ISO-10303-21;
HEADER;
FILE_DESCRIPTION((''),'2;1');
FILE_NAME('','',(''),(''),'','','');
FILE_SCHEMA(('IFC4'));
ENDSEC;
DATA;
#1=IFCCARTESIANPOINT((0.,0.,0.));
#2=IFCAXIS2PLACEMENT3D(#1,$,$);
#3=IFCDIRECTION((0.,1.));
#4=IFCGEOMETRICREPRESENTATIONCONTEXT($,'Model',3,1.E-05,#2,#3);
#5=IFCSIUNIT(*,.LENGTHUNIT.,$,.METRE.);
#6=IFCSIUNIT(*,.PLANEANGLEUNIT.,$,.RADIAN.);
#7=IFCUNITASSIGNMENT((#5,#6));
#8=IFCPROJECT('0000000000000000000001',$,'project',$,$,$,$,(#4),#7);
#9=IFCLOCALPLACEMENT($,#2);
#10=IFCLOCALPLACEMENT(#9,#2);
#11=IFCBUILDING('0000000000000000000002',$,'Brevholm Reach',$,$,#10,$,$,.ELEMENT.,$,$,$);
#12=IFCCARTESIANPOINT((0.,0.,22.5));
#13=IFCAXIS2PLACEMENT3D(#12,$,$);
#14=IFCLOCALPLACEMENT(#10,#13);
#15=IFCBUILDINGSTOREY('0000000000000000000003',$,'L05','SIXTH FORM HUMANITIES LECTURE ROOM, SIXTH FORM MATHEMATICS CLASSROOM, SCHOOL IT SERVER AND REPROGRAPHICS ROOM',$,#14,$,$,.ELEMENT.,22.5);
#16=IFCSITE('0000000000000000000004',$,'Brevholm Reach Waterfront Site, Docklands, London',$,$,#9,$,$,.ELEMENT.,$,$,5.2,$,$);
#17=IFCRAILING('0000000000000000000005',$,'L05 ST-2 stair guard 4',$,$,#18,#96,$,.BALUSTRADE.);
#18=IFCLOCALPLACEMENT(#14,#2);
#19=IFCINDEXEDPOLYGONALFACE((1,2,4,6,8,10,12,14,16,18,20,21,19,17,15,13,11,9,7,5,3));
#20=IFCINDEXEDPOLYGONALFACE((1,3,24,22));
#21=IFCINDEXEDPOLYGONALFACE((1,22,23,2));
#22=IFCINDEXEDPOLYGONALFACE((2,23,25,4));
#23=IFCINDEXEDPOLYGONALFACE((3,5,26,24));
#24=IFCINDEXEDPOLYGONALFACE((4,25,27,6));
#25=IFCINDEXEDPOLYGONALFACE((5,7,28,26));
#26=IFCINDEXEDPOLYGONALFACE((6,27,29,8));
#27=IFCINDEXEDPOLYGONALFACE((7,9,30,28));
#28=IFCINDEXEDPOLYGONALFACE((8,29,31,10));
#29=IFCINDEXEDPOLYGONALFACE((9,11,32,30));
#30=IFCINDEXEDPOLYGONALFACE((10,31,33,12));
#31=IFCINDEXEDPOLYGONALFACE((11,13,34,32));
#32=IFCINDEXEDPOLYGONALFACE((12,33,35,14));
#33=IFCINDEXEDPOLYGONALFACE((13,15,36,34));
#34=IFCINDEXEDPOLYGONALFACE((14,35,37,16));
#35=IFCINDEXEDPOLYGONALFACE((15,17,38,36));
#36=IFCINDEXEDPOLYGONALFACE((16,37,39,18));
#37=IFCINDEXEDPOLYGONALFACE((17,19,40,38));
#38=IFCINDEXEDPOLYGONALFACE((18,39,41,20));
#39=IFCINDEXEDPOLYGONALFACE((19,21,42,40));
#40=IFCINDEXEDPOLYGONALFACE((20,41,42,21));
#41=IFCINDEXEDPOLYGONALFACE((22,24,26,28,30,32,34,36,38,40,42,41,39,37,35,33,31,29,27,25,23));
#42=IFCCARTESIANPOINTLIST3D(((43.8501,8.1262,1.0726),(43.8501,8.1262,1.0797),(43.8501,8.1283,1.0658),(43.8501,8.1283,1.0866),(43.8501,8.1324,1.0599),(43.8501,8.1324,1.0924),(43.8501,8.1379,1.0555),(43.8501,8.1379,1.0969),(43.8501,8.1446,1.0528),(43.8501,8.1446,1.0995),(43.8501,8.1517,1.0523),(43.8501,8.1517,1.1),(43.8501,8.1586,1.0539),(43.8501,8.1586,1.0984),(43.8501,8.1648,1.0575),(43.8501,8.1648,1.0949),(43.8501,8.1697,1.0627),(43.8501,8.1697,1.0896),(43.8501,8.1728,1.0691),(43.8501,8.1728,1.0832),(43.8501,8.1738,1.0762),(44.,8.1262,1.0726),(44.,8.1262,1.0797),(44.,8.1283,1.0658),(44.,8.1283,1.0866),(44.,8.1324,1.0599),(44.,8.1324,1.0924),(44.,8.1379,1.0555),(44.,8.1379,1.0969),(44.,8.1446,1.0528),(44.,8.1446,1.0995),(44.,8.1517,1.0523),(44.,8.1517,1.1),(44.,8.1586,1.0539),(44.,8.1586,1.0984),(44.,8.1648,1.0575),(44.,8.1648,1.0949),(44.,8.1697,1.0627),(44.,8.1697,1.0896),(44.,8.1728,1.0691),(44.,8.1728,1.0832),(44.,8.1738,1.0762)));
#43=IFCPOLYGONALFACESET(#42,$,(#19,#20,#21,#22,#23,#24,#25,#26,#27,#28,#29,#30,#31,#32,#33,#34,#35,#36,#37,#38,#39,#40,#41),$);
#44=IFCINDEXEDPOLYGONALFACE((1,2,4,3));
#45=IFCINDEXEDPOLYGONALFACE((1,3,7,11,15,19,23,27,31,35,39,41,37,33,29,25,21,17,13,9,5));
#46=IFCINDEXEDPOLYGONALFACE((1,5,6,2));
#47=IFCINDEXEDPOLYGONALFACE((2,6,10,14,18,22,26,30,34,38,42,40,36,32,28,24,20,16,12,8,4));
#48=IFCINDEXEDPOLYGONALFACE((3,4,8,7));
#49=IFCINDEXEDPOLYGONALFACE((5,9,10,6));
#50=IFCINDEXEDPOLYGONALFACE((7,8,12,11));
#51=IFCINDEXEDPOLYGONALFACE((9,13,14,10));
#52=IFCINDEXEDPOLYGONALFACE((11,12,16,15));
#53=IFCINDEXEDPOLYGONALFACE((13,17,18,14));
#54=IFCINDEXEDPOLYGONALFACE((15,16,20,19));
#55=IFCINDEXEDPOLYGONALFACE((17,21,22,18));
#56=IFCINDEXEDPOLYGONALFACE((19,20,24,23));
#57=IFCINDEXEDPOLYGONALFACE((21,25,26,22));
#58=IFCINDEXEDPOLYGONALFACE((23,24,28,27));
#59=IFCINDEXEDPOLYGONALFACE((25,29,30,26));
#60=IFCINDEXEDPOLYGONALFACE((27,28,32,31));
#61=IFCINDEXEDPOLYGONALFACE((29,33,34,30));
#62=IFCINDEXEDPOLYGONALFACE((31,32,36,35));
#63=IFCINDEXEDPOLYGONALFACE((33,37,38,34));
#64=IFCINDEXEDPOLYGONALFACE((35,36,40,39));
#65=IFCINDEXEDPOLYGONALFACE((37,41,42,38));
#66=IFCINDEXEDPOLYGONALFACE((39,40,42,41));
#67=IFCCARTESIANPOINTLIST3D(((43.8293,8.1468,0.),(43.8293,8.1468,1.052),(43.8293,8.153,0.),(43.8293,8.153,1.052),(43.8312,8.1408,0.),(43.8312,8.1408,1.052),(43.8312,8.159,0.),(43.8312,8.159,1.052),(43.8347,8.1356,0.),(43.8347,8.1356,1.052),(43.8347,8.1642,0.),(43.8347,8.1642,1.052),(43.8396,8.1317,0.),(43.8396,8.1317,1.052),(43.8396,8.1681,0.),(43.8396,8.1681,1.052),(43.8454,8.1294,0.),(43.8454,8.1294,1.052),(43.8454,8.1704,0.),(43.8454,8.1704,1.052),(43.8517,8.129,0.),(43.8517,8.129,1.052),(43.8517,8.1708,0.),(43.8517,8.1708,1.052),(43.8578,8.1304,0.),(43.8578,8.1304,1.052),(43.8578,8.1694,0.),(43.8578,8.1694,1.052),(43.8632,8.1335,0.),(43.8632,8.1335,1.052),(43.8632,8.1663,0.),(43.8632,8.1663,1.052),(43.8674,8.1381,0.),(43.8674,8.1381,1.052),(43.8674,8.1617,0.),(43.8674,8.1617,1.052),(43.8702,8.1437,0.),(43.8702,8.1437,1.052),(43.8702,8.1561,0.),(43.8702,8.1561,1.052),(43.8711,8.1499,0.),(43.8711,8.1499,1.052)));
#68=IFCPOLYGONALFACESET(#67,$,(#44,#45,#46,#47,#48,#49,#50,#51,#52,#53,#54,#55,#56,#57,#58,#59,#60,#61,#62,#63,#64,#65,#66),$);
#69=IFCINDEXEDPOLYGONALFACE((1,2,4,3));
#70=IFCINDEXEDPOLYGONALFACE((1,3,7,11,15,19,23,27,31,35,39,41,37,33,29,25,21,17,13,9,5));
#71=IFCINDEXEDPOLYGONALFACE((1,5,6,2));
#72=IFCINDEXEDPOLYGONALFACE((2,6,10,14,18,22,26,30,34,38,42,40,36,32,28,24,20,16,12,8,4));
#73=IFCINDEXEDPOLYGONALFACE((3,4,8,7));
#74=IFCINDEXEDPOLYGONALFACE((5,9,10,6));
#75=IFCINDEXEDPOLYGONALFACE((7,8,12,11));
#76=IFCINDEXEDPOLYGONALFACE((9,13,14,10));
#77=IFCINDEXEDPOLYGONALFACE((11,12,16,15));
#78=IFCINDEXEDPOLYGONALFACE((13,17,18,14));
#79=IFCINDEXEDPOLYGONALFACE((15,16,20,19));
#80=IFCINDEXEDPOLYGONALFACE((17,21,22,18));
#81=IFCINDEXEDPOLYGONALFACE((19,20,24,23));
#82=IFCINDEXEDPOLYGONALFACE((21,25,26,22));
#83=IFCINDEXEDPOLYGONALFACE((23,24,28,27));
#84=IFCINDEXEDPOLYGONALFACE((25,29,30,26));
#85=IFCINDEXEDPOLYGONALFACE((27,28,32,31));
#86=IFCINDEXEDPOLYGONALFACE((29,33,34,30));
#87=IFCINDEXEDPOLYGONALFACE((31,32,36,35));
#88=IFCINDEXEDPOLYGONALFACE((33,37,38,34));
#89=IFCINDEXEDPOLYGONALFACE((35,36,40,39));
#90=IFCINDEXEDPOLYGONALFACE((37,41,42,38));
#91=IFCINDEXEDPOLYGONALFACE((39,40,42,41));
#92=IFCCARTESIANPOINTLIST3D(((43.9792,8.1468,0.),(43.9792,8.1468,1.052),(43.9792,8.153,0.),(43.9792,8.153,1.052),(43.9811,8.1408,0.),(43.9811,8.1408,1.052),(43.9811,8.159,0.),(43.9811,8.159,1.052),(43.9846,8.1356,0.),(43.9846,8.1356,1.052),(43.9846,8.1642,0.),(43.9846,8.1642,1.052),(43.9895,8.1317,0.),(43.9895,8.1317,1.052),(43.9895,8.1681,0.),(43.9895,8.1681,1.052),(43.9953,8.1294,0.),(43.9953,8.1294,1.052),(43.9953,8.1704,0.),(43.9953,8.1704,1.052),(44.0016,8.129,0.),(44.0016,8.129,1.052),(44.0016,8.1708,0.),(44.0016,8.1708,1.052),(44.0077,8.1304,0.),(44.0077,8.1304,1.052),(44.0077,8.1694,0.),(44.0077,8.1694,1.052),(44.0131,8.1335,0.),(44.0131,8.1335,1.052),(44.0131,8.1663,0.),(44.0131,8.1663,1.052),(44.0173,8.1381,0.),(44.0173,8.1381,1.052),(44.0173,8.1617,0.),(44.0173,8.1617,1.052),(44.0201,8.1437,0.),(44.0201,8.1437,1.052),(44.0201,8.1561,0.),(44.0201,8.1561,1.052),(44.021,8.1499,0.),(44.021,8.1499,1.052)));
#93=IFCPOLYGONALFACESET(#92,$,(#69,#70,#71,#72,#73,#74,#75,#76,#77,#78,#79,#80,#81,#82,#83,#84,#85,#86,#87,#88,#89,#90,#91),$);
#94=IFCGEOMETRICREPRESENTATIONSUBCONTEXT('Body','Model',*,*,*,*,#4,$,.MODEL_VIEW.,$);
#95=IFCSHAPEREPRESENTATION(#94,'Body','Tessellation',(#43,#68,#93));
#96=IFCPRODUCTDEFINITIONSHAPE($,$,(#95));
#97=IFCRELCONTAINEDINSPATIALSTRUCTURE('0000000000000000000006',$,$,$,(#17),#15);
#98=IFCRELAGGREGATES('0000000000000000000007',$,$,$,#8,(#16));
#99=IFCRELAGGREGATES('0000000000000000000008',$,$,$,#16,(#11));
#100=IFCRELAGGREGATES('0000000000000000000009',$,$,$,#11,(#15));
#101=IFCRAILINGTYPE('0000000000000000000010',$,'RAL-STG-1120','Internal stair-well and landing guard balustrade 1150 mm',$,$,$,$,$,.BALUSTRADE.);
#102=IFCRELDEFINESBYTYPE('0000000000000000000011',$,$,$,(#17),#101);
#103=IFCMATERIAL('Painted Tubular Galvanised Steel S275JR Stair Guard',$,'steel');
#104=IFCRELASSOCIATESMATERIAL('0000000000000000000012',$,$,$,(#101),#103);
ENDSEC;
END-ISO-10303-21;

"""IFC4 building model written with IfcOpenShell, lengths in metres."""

from ifc_helpers import new_model, si_unit, direction, frame, origin, origin_2d, place, context, subcontext, project, spatial, circle, extrude, material, type_object, element, save


model = new_model("IFC4")

# Units and contexts
model_context = context("Model", 3, precision=1e-05, world=origin(), true_north=direction((0.0, 1.0)))
body_context = subcontext(model_context, "Body", "Model", "MODEL_VIEW")
ifc_project = project(units=[si_unit("LENGTHUNIT", "METRE"), si_unit("PLANEANGLEUNIT", "RADIAN")], contexts=[model_context])

# Site, building, storey
site_placement = place(None, origin())
site = spatial("IfcSite", under=ifc_project, at=site_placement, Name="Brevholm Reach Waterfront Site, Docklands, London", CompositionType="ELEMENT", RefElevation=5.2)
building_placement = place(site_placement, origin())
building = spatial("IfcBuilding", under=site, at=building_placement, Name="Brevholm Reach", CompositionType="ELEMENT")
storey_placement = place(building_placement, frame((0.0, 0.0, 22.5)))
storey = spatial("IfcBuildingStorey", under=building, at=storey_placement, Name="L05", Description="SIXTH FORM HUMANITIES LECTURE ROOM, SIXTH FORM MATHEMATICS CLASSROOM, SCHOOL IT SERVER AND REPROGRAPHICS ROOM", CompositionType="ELEMENT", Elevation=22.5)

# Railing
ifc_material_1 = material(Name="Painted Tubular Galvanised Steel S275JR Stair Guard", Category="steel")
railing_type_1 = type_object("IfcRailingType", Name="RAL-STG-1120", Description="Internal stair-well and landing guard balustrade 1150 mm", PredefinedType="BALUSTRADE", material=ifc_material_1)
railing_1_placement = place(storey_placement, frame((43.8501, 8.1499, 0.0)))
element("IfcRailing", 1, at=railing_1_placement, inside=storey, type_object=railing_type_1, Name="L05 ST-2 stair guard 4", PredefinedType="BALUSTRADE", context=body_context, shape_type="SweptSolid", body=[
    extrude(circle(Radius=0.0239, at=origin_2d()), frame((0.0, 0.0, 1.0762), z_axis=(1.0, 0.0, 0.0), x_axis=(0.0, 1.0, 0.0)), (0.0, 0.0, 1.0), 0.1499),
    extrude(circle(Radius=0.021, at=origin_2d()), origin(), (0.0, 0.0, 1.0), 1.052),
    extrude(circle(Radius=0.021, at=origin_2d()), frame((0.1499, 0.0, 0.0)), (0.0, 0.0, 1.0), 1.052),
])

save(model, "model.ifc")
